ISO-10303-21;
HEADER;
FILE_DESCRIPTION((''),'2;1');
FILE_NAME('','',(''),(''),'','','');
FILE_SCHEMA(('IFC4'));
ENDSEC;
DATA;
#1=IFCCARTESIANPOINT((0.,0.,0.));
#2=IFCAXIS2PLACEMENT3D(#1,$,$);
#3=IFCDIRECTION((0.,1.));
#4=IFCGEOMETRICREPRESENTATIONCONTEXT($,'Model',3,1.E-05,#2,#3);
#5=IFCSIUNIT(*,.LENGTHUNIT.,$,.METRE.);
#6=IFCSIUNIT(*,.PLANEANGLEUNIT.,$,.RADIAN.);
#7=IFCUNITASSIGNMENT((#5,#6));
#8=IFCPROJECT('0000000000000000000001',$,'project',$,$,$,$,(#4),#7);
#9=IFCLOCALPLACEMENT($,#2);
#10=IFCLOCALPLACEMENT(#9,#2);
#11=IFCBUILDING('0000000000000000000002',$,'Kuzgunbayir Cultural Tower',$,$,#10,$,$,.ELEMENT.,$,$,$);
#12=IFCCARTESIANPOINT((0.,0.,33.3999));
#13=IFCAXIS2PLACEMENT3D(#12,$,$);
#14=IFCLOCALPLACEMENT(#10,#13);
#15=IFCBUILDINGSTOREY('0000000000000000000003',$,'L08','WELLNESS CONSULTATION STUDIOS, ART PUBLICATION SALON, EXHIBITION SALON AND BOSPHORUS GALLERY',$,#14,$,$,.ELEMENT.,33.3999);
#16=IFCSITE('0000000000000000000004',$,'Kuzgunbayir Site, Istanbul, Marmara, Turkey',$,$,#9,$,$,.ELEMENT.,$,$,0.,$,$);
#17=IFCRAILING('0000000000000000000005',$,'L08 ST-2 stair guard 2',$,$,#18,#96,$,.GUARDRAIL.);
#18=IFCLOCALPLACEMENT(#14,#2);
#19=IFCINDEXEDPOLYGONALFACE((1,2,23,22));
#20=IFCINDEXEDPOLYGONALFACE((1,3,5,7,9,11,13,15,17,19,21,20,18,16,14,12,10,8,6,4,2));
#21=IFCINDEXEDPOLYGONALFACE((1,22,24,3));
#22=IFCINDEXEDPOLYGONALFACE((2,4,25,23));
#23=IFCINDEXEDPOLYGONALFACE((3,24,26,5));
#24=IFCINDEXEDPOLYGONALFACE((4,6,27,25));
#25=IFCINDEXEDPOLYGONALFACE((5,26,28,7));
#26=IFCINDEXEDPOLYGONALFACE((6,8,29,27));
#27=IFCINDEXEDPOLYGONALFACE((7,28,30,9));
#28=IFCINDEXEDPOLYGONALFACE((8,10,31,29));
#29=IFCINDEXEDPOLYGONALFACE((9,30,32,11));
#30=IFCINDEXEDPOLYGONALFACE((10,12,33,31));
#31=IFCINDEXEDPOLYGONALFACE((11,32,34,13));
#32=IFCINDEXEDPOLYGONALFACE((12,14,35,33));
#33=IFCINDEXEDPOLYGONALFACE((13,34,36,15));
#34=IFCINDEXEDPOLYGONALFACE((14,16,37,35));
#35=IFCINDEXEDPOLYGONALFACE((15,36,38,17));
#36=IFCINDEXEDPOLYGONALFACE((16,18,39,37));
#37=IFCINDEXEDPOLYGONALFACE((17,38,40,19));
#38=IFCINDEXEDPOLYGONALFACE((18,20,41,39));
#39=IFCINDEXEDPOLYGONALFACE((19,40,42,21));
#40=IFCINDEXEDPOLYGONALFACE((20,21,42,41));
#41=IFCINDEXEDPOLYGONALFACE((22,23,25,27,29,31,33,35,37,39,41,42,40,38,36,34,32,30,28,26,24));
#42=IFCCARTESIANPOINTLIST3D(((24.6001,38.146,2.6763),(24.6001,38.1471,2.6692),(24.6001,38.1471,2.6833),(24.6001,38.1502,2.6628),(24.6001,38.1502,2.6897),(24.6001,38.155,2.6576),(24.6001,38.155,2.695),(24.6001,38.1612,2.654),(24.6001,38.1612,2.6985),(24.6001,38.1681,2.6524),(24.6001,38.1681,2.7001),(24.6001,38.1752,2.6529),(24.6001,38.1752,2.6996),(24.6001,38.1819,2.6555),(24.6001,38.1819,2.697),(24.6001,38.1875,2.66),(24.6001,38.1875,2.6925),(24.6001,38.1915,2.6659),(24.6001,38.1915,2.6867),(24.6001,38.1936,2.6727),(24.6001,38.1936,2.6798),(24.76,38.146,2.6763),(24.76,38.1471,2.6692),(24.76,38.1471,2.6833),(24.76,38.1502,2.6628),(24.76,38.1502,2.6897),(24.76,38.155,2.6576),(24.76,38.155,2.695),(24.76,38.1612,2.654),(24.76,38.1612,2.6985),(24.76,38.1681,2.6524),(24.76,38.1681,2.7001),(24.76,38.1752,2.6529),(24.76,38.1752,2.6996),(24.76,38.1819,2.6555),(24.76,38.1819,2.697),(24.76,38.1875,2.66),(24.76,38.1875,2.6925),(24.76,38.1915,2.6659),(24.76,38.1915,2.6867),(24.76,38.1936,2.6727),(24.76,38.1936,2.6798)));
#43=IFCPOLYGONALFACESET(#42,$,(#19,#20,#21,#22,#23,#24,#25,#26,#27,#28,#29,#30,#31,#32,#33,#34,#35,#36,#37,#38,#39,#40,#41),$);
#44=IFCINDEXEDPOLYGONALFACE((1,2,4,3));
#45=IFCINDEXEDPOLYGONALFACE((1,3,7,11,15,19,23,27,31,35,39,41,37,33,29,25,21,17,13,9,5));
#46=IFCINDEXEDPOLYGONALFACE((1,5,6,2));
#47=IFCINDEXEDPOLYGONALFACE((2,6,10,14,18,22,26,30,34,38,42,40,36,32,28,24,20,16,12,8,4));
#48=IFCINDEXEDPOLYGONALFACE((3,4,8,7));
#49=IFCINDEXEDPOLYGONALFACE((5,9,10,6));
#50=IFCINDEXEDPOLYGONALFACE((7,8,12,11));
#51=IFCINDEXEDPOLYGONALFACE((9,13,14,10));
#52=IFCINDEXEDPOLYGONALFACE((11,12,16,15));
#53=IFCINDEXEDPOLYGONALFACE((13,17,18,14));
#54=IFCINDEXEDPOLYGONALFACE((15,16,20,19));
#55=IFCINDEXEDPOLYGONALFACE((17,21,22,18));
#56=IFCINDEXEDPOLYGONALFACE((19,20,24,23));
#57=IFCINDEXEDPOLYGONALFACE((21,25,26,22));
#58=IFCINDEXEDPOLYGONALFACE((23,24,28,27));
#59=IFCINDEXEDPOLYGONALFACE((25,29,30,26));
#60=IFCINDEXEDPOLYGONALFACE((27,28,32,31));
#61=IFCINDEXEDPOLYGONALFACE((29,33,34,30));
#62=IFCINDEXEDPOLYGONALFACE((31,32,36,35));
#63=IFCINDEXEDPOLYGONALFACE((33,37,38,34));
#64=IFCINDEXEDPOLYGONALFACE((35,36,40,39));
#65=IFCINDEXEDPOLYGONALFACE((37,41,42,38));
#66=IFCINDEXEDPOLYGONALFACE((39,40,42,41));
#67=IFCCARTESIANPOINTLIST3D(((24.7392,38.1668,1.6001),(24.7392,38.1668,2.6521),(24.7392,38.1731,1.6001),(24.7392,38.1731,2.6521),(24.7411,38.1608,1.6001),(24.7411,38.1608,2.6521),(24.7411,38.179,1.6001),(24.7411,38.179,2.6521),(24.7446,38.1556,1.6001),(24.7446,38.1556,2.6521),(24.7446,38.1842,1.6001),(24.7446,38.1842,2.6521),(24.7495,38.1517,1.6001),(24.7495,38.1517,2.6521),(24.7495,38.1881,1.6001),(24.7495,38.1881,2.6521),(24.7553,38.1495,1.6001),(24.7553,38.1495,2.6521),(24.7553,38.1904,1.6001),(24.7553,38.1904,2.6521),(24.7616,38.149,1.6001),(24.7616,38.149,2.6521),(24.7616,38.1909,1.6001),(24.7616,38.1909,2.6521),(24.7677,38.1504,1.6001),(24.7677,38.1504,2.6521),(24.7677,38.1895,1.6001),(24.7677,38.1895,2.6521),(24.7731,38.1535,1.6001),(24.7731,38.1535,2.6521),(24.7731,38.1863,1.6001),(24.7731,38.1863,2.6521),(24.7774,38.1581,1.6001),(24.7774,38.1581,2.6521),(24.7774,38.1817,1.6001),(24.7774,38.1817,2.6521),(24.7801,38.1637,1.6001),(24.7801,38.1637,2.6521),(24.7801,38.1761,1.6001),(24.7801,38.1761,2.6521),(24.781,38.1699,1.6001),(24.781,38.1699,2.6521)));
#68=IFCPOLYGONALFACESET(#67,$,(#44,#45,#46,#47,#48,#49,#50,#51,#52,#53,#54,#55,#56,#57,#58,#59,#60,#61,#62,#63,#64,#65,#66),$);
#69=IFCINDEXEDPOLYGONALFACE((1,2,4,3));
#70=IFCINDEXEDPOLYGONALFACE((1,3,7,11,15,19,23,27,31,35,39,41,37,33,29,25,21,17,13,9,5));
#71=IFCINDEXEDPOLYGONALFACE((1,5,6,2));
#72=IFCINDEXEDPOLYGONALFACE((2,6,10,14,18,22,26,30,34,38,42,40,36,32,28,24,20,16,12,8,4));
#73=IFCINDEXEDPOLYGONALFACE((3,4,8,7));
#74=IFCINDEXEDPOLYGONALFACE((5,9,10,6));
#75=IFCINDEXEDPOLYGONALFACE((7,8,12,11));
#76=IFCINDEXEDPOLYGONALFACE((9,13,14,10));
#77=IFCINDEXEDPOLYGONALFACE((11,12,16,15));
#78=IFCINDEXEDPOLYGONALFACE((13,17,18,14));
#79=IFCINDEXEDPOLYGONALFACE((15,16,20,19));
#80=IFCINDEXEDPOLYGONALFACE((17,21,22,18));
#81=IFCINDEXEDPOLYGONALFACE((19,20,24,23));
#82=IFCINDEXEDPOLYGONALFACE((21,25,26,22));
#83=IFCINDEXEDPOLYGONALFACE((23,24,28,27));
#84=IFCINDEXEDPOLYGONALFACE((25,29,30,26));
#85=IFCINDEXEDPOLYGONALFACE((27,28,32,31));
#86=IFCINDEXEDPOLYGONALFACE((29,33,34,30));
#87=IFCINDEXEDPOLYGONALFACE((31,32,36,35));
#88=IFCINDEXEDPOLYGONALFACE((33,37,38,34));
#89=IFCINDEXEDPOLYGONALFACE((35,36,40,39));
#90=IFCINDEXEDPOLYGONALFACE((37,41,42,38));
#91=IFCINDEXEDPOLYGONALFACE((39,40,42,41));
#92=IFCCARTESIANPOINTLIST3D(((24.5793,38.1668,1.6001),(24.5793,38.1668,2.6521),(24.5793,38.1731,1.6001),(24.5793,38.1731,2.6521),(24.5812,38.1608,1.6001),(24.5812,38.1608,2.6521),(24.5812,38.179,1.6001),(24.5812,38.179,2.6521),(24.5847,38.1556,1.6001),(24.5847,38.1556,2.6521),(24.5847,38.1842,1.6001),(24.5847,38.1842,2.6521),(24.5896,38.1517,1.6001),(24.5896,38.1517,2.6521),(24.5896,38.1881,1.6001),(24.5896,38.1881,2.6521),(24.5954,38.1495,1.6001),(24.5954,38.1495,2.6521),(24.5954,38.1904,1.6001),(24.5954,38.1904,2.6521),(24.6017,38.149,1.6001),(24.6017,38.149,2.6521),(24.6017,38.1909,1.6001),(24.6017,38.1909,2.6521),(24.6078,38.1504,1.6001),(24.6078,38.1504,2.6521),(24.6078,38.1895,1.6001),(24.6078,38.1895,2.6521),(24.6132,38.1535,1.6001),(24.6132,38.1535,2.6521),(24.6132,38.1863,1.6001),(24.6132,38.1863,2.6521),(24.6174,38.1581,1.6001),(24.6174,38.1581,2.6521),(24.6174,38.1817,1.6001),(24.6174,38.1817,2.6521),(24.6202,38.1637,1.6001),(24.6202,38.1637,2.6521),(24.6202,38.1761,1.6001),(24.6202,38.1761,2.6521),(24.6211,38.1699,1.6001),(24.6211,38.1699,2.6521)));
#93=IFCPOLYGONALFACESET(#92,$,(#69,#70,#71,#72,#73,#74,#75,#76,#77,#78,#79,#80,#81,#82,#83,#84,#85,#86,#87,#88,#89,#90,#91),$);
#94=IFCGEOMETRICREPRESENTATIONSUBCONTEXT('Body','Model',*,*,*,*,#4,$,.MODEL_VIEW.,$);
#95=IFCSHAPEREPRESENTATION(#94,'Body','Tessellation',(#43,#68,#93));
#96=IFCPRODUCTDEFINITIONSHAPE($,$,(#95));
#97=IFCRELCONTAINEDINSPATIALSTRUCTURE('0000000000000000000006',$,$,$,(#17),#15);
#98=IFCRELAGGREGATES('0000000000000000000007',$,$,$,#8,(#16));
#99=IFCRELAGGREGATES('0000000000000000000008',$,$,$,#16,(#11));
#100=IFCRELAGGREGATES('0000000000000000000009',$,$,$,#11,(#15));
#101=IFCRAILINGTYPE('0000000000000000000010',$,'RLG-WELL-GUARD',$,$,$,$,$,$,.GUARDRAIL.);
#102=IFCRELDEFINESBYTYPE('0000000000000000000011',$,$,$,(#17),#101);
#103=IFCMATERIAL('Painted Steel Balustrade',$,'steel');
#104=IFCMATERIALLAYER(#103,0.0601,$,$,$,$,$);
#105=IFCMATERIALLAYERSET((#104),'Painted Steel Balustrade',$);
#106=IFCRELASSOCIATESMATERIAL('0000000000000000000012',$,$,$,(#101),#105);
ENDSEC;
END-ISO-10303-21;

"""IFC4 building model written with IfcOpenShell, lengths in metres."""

from ifc_helpers import new_model, si_unit, direction, frame, origin, origin_2d, place, context, subcontext, project, spatial, circle, extrude, material, layer, layer_set, type_object, element, save


model = new_model("IFC4")

# Units and contexts
model_context = context("Model", 3, precision=1e-05, world=origin(), true_north=direction((0.0, 1.0)))
body_context = subcontext(model_context, "Body", "Model", "MODEL_VIEW")
ifc_project = project(units=[si_unit("LENGTHUNIT", "METRE"), si_unit("PLANEANGLEUNIT", "RADIAN")], contexts=[model_context])

# Site, building, storey
site_placement = place(None, origin())
site = spatial("IfcSite", under=ifc_project, at=site_placement, Name="Kuzgunbayir Site, Istanbul, Marmara, Turkey", CompositionType="ELEMENT", RefElevation=0.0)
building_placement = place(site_placement, origin())
building = spatial("IfcBuilding", under=site, at=building_placement, Name="Kuzgunbayir Cultural Tower", CompositionType="ELEMENT")
storey_placement = place(building_placement, frame((0.0, 0.0, 33.3999)))
storey = spatial("IfcBuildingStorey", under=building, at=storey_placement, Name="L08", Description="WELLNESS CONSULTATION STUDIOS, ART PUBLICATION SALON, EXHIBITION SALON AND BOSPHORUS GALLERY", CompositionType="ELEMENT", Elevation=33.3999)

# Railing
ifc_material_1 = material(Name="Painted Steel Balustrade", Category="steel")
ifc_layer_1 = layer(ifc_material_1, 0.0601)
ifc_layer_set_1 = layer_set([ifc_layer_1], Name="Painted Steel Balustrade")
railing_type_1 = type_object("IfcRailingType", Name="RLG-WELL-GUARD", PredefinedType="GUARDRAIL", material=ifc_layer_set_1)
railing_1_placement = place(storey_placement, frame((24.76, 38.1699, 1.6001)))
element("IfcRailing", 1, at=railing_1_placement, inside=storey, type_object=railing_type_1, Name="L08 ST-2 stair guard 2", PredefinedType="GUARDRAIL", context=body_context, shape_type="SweptSolid", body=[
    extrude(circle(Radius=0.0239, at=origin_2d()), frame((0.0, 0.0, 1.0762), z_axis=(-1.0, 0.0, 0.0), x_axis=(0.0, -1.0, 0.0)), (0.0, 0.0, 1.0), 0.1599),
    extrude(circle(Radius=0.021, at=origin_2d()), origin(), (0.0, 0.0, 1.0), 1.052),
    extrude(circle(Radius=0.021, at=origin_2d()), frame((-0.1599, 0.0, 0.0)), (0.0, 0.0, 1.0), 1.052),
])

save(model, "model.ifc")
